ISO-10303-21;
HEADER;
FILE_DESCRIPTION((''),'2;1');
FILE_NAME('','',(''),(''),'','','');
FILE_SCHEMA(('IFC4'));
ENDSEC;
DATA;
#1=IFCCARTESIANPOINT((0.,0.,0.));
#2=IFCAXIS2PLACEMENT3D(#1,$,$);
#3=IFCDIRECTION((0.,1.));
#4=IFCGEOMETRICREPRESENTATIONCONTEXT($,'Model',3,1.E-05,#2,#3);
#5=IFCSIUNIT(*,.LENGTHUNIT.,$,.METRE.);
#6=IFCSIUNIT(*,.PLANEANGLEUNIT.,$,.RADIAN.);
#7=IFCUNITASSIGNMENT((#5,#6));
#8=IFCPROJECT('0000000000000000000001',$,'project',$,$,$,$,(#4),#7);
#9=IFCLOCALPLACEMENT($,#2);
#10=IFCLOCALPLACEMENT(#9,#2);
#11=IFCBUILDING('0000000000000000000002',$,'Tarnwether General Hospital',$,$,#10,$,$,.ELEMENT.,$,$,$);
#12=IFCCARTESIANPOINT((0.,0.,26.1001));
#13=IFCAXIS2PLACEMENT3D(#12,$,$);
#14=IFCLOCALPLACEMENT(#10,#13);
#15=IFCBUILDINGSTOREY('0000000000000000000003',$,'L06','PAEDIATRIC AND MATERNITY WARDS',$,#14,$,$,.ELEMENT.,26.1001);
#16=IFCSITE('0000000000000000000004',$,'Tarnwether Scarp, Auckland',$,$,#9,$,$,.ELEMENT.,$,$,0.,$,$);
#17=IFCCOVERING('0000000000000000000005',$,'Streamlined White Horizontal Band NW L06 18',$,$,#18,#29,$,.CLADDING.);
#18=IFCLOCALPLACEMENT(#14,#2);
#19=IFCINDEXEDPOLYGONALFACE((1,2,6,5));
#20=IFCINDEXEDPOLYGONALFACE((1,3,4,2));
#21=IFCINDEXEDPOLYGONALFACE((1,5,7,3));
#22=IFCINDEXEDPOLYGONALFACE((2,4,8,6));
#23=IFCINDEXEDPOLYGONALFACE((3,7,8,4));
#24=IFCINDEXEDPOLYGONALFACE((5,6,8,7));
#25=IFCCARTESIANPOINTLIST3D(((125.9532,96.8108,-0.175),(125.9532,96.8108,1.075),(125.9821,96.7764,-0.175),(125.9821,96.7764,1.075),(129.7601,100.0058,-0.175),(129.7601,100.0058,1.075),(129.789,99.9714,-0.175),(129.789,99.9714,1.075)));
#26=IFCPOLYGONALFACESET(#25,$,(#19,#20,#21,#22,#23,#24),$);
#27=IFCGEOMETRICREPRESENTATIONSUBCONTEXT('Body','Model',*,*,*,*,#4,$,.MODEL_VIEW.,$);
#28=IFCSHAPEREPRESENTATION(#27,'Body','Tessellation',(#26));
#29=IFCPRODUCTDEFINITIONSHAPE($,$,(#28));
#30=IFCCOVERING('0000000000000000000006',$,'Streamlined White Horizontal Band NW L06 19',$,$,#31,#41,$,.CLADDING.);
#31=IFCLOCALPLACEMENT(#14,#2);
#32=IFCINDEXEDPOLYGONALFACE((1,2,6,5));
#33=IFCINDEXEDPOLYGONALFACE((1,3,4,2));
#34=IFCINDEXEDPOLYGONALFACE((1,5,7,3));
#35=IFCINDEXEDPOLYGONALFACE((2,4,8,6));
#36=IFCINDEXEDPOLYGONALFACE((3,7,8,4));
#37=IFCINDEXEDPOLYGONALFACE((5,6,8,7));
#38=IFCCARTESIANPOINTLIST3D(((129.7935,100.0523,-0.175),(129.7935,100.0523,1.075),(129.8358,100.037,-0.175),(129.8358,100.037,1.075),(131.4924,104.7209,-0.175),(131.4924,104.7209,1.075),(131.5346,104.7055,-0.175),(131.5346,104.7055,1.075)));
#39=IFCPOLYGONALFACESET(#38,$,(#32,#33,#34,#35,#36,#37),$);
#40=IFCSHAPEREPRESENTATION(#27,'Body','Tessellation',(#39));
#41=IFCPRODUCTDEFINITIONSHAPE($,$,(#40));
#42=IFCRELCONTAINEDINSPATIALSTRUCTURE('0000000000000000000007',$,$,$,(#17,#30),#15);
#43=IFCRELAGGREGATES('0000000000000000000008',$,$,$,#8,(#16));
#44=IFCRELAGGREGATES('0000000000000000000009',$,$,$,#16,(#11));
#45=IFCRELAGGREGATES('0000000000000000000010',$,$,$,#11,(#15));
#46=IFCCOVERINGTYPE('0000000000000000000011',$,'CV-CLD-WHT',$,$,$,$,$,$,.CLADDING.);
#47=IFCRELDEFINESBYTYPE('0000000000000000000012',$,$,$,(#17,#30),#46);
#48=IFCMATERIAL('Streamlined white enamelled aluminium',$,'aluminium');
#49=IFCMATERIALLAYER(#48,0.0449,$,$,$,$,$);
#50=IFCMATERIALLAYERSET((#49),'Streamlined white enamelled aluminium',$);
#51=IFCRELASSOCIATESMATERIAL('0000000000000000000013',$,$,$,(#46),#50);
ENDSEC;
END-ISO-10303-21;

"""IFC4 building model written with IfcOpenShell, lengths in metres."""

from ifc_helpers import new_model, si_unit, direction, frame, origin, origin_2d, place, context, subcontext, project, spatial, rectangle, extrude, material, layer, layer_set, type_object, element, save


model = new_model("IFC4")

# Units and contexts
model_context = context("Model", 3, precision=1e-05, world=origin(), true_north=direction((0.0, 1.0)))
body_context = subcontext(model_context, "Body", "Model", "MODEL_VIEW")
ifc_project = project(units=[si_unit("LENGTHUNIT", "METRE"), si_unit("PLANEANGLEUNIT", "RADIAN")], contexts=[model_context])

# Site, building, storey
site_placement = place(None, origin())
site = spatial("IfcSite", under=ifc_project, at=site_placement, Name="Tarnwether Scarp, Auckland", CompositionType="ELEMENT", RefElevation=0.0)
building_placement = place(site_placement, origin())
building = spatial("IfcBuilding", under=site, at=building_placement, Name="Tarnwether General Hospital", CompositionType="ELEMENT")
storey_placement = place(building_placement, frame((0.0, 0.0, 26.1001)))
storey = spatial("IfcBuildingStorey", under=building, at=storey_placement, Name="L06", Description="PAEDIATRIC AND MATERNITY WARDS", CompositionType="ELEMENT", Elevation=26.1001)

# Coverings
ifc_material_1 = material(Name="Streamlined white enamelled aluminium", Category="aluminium")
ifc_layer_1 = layer(ifc_material_1, 0.0449)
ifc_layer_set_1 = layer_set([ifc_layer_1], Name="Streamlined white enamelled aluminium")
covering_type = type_object("IfcCoveringType", Name="CV-CLD-WHT", PredefinedType="CLADDING", material=ifc_layer_set_1)
covering_1_placement = place(storey_placement, frame((127.8711, 98.3911, -0.175), z_axis=(0.0, 0.0, 1.0), x_axis=(-0.765988, -0.642854, 0.0)))
element("IfcCovering", 1, at=covering_1_placement, inside=storey, type_object=covering_type, Name="Streamlined White Horizontal Band NW L06 18", PredefinedType="CLADDING", context=body_context, shape_type="SweptSolid", body=[
    extrude(rectangle(XDim=4.97, YDim=0.0449, at=origin_2d()), origin(), (0.0, 0.0, 1.0), 1.25),
])
covering_2_placement = place(storey_placement, frame((130.6641, 102.3789, -0.175), z_axis=(0.0, 0.0, 1.0), x_axis=(-0.341955, -0.939716, 0.0)))
element("IfcCovering", 2, at=covering_2_placement, inside=storey, type_object=covering_type, Name="Streamlined White Horizontal Band NW L06 19", PredefinedType="CLADDING", context=body_context, shape_type="SweptSolid", body=[
    extrude(rectangle(XDim=4.968, YDim=0.0449, at=origin_2d()), origin(), (0.0, 0.0, 1.0), 1.25),
])

save(model, "model.ifc")
